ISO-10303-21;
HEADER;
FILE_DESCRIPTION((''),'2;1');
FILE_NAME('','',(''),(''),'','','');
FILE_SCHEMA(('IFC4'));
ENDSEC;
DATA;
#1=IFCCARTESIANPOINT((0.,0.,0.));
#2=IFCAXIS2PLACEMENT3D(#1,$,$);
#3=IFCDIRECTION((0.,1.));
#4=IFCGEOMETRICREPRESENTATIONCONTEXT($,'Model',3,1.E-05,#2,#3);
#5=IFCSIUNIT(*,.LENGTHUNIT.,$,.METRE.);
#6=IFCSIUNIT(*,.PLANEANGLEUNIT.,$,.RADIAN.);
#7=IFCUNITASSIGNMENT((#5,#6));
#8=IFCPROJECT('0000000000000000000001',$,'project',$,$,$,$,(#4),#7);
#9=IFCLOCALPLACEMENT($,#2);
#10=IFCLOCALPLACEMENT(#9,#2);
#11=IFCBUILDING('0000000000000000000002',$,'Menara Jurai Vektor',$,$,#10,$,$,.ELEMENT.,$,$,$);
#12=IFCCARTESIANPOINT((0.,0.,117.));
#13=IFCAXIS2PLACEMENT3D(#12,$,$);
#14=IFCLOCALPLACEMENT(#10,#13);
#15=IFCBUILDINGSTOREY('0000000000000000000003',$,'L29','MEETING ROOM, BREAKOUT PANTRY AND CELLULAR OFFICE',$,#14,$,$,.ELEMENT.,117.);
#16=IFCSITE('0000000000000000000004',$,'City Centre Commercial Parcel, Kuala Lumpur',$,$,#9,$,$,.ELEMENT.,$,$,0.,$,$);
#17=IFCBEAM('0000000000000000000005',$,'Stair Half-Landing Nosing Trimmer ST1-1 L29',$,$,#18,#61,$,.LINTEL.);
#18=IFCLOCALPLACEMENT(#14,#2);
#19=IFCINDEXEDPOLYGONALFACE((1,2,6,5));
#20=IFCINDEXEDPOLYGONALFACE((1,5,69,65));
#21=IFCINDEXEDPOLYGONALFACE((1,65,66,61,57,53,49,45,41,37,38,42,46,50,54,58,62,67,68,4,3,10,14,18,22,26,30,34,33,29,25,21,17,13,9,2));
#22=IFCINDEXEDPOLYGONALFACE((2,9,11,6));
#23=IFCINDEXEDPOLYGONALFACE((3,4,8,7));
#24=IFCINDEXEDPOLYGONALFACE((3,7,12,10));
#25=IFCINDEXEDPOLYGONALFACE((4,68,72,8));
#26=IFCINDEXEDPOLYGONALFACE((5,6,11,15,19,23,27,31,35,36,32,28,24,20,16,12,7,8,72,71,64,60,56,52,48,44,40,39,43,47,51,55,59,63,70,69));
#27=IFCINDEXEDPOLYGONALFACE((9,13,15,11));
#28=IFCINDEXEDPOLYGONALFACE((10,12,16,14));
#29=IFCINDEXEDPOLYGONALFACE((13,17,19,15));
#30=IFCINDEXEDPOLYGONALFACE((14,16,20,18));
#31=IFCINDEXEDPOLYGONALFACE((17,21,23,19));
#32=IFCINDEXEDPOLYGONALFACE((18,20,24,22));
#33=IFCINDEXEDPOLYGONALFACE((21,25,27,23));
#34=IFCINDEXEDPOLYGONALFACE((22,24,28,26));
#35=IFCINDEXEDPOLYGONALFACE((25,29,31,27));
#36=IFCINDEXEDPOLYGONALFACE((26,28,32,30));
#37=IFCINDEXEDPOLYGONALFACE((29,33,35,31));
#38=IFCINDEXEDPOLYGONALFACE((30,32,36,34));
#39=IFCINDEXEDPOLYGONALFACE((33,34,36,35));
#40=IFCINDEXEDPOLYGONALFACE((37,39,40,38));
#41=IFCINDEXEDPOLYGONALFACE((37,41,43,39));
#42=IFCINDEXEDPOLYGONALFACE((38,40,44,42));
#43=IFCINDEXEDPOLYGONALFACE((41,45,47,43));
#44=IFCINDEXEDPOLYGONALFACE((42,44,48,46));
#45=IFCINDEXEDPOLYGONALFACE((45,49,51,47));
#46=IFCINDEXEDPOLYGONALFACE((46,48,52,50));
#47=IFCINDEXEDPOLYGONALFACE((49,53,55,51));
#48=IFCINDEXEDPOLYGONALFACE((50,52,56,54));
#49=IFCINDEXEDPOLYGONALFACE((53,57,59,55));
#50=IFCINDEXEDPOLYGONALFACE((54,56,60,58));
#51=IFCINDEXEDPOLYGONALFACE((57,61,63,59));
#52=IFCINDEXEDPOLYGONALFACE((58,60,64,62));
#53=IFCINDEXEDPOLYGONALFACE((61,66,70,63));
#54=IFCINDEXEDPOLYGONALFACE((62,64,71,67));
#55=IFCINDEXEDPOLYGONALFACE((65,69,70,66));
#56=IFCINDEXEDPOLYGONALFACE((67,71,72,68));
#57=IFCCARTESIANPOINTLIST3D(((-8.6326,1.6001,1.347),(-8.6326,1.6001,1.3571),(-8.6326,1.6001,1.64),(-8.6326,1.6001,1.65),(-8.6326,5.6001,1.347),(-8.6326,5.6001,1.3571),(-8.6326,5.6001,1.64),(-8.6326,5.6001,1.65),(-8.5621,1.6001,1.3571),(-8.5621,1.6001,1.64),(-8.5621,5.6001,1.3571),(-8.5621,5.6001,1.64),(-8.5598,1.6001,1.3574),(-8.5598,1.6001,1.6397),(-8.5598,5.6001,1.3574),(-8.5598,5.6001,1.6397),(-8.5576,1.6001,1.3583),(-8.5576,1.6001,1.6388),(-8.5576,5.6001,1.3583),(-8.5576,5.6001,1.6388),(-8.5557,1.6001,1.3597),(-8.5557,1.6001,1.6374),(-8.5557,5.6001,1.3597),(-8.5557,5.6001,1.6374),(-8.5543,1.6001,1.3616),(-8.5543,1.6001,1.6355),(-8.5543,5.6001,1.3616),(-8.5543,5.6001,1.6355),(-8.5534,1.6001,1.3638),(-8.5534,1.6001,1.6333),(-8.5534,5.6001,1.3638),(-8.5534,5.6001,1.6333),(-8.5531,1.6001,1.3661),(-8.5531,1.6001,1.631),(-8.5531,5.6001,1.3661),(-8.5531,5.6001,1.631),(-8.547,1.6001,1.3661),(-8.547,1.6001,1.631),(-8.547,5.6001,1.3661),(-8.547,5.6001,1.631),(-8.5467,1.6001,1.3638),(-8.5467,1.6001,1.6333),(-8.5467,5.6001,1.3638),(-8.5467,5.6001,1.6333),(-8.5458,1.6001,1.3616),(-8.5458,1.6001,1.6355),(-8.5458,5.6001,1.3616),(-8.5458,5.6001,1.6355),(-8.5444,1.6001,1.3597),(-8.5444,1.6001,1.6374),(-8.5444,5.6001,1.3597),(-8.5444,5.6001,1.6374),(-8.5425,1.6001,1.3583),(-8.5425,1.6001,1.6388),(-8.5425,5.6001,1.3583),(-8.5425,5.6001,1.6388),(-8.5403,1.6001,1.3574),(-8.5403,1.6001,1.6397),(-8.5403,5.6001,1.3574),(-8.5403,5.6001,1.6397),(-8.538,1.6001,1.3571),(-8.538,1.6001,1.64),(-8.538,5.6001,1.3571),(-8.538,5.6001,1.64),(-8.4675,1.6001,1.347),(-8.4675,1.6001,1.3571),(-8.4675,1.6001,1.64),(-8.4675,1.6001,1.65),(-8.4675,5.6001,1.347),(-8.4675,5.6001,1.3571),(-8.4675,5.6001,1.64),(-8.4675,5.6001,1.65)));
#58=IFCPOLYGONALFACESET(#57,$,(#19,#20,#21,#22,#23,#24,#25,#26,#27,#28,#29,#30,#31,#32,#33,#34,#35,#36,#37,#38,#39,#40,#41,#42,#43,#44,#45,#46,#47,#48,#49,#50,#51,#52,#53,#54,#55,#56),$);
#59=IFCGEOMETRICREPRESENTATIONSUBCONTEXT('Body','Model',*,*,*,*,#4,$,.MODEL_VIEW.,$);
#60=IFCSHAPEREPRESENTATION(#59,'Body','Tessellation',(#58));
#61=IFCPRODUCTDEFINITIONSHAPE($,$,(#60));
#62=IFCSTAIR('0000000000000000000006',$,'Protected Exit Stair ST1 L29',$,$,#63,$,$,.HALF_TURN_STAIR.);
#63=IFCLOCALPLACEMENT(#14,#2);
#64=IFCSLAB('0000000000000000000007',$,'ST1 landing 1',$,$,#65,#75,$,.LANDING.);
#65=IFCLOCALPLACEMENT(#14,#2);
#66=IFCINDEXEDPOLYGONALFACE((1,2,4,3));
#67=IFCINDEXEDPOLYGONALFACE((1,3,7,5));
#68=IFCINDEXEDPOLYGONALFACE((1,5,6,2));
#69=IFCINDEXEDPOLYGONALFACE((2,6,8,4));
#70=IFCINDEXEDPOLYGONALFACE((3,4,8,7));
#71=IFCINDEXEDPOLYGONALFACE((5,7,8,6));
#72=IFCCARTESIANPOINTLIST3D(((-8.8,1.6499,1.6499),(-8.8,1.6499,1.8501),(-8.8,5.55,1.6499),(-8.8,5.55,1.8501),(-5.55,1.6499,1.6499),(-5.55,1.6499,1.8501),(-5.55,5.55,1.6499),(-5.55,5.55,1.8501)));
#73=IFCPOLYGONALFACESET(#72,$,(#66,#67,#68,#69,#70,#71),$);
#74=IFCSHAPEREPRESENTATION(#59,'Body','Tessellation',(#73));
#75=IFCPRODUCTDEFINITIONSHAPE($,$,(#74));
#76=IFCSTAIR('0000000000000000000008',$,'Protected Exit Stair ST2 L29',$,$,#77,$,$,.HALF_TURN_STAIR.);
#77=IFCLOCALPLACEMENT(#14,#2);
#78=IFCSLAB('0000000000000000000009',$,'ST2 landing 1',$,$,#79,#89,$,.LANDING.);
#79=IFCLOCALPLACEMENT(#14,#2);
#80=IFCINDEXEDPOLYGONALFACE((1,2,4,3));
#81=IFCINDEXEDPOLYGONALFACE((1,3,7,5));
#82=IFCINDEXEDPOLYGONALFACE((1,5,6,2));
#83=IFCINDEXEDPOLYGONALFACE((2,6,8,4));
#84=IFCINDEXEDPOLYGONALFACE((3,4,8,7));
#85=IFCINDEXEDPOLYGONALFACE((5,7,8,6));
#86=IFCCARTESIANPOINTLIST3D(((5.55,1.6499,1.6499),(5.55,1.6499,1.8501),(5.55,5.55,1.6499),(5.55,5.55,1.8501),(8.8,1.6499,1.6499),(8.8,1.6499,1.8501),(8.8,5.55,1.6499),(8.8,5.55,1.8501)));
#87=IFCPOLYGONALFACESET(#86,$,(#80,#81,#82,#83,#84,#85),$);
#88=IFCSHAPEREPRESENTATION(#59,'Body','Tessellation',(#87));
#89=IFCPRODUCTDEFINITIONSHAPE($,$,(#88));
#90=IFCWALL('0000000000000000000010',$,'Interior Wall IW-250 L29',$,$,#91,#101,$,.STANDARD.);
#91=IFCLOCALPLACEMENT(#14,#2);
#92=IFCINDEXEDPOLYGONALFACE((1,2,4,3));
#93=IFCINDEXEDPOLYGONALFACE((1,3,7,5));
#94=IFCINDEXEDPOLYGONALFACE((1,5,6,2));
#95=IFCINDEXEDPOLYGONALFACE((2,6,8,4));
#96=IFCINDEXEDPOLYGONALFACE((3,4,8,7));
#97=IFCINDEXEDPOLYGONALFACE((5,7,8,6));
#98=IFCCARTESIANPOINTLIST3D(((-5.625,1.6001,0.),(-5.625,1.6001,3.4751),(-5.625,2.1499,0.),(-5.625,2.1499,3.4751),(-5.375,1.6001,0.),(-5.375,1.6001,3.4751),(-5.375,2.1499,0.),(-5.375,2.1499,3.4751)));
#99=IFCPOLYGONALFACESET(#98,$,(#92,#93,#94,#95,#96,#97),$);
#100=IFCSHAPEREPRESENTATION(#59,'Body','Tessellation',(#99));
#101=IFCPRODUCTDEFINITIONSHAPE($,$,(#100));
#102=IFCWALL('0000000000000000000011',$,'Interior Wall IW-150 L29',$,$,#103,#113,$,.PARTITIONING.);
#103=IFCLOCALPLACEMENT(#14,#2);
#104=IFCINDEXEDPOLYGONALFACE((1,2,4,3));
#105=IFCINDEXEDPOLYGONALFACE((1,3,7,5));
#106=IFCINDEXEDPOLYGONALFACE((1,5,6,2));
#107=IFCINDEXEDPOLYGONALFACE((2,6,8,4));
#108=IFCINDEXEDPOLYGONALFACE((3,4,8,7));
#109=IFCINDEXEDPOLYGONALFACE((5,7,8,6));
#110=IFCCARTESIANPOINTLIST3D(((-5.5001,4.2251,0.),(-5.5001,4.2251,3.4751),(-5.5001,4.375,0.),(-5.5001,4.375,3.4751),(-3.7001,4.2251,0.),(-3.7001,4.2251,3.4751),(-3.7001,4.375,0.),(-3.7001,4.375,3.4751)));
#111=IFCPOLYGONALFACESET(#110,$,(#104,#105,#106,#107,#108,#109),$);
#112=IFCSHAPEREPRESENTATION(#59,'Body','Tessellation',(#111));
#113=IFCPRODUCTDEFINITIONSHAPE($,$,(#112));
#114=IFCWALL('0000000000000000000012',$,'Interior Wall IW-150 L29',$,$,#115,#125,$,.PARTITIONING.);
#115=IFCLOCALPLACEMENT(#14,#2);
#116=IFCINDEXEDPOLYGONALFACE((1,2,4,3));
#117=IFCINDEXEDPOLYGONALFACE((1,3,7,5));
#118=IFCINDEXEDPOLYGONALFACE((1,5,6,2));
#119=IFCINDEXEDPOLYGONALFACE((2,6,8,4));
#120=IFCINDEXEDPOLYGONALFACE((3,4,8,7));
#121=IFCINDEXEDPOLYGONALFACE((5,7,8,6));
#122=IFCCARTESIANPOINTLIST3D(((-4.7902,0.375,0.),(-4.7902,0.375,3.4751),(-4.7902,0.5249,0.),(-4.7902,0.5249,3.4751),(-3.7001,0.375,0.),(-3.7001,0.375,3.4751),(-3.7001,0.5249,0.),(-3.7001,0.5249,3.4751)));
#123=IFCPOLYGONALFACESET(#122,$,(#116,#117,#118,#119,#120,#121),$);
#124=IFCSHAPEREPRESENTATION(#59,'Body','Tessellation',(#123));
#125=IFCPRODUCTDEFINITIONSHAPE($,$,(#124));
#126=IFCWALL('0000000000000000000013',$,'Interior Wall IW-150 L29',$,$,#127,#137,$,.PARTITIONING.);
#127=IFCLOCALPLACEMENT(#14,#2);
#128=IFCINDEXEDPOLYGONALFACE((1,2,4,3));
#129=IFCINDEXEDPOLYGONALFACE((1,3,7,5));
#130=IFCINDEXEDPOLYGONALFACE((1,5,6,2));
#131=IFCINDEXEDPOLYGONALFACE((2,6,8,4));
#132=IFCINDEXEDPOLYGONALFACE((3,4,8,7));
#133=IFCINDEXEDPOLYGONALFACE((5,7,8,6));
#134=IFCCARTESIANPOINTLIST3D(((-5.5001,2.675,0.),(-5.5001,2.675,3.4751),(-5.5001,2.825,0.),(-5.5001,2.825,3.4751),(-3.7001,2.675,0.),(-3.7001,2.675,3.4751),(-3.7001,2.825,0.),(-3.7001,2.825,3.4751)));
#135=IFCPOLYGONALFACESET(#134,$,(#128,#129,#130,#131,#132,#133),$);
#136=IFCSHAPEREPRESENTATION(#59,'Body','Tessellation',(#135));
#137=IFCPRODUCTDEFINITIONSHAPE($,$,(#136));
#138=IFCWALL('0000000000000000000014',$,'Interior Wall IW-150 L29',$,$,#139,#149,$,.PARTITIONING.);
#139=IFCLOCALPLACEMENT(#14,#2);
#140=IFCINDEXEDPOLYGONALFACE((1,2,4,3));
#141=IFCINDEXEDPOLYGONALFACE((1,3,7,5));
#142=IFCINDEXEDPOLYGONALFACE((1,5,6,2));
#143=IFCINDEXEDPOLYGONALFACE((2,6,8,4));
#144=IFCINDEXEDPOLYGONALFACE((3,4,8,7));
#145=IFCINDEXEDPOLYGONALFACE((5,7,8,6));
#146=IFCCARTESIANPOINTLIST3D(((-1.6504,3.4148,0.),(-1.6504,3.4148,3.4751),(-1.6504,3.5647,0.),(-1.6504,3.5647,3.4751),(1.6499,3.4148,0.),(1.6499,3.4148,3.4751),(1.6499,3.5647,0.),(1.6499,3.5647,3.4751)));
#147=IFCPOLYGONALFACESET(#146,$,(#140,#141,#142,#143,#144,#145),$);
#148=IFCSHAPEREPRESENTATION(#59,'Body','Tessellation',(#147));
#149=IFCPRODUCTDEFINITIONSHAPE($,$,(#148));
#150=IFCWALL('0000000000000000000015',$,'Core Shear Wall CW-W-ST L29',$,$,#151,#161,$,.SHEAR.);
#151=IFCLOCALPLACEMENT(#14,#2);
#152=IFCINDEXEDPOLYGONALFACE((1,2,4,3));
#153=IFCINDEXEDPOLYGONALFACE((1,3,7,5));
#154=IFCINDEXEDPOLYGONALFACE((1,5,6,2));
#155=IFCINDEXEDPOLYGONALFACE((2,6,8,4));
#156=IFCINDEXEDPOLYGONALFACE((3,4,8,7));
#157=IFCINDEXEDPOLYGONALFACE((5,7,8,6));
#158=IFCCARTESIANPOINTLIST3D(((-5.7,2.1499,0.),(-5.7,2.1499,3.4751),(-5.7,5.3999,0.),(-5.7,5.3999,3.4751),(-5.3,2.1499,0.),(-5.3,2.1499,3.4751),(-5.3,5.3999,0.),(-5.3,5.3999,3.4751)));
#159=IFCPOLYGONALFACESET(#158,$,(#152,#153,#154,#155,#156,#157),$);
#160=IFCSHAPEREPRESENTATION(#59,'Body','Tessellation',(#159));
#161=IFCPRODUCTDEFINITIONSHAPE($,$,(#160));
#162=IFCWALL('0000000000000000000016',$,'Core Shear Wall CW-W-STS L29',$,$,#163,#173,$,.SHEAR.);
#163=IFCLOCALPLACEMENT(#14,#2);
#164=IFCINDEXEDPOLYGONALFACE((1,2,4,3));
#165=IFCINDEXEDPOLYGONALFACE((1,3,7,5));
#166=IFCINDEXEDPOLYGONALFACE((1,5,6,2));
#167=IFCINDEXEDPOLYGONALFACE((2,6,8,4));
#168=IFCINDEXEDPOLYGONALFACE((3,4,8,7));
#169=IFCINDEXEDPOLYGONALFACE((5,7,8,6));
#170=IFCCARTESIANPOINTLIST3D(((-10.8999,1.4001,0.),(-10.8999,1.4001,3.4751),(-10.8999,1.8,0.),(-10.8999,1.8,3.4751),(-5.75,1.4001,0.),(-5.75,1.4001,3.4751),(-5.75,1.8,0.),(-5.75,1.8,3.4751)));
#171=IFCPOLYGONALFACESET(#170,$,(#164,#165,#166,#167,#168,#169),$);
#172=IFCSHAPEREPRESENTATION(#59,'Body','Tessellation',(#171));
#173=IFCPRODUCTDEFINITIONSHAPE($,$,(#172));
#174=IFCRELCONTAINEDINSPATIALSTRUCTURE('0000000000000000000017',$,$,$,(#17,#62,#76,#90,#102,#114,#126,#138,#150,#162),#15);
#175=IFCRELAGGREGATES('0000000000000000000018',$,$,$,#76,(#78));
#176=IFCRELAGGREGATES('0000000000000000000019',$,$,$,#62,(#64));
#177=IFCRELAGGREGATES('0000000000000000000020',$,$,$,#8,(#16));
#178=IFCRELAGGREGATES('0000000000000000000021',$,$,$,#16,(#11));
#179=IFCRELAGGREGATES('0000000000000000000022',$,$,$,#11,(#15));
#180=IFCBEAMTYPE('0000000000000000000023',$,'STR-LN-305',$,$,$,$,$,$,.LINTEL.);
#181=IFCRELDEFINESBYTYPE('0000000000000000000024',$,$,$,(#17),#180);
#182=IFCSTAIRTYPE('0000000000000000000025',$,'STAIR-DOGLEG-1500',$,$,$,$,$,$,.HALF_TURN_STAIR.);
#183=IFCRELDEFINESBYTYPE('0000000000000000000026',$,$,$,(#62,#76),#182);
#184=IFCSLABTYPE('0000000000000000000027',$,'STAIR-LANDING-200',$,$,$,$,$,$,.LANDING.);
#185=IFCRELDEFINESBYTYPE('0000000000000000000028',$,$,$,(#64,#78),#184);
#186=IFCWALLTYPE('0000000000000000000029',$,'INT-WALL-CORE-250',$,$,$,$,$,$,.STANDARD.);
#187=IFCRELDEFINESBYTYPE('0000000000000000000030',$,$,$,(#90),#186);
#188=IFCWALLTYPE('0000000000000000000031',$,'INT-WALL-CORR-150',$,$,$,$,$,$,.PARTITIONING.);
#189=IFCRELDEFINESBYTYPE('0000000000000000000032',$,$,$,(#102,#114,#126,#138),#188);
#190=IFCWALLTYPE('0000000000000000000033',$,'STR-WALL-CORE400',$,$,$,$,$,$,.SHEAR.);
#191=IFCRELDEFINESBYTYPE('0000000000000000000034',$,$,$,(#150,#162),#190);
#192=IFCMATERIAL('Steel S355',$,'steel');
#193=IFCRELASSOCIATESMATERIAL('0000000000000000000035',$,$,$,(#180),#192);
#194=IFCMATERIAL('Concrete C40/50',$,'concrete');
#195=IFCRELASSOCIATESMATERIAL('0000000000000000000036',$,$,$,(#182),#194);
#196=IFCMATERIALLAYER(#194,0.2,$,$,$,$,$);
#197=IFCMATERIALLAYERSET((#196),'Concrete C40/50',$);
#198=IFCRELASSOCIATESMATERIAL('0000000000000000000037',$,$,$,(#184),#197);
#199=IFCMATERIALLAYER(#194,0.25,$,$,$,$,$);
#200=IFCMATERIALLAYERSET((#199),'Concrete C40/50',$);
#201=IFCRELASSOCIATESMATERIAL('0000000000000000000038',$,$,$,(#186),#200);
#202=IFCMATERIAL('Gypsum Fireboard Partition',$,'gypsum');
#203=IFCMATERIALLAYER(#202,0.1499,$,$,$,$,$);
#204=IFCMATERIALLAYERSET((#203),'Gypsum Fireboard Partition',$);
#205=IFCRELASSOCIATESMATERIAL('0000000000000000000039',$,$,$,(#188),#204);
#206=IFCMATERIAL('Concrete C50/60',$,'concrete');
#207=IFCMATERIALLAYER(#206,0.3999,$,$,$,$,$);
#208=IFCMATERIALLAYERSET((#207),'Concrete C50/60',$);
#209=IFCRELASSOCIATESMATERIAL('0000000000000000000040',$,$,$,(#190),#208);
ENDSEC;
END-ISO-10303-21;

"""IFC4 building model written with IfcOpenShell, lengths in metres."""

from ifc_helpers import new_model, si_unit, direction, frame, frame_2d, origin, origin_2d, place, context, subcontext, project, spatial, polyline, rectangle, i_section, outline, extrude, material, layer, layer_set, material_profile, profile_set, type_object, element, aggregate, save


model = new_model("IFC4")

# Units and contexts
model_context = context("Model", 3, precision=1e-05, world=origin(), true_north=direction((0.0, 1.0)))
body_context = subcontext(model_context, "Body", "Model", "MODEL_VIEW")
ifc_project = project(units=[si_unit("LENGTHUNIT", "METRE"), si_unit("PLANEANGLEUNIT", "RADIAN")], contexts=[model_context])

# Site, building, storey
site_placement = place(None, origin())
site = spatial("IfcSite", under=ifc_project, at=site_placement, Name="City Centre Commercial Parcel, Kuala Lumpur", CompositionType="ELEMENT", RefElevation=0.0)
building_placement = place(site_placement, origin())
building = spatial("IfcBuilding", under=site, at=building_placement, Name="Menara Jurai Vektor", CompositionType="ELEMENT")
storey_placement = place(building_placement, frame((0.0, 0.0, 117.0)))
storey = spatial("IfcBuildingStorey", under=building, at=storey_placement, Name="L29", Description="MEETING ROOM, BREAKOUT PANTRY AND CELLULAR OFFICE", CompositionType="ELEMENT", Elevation=117.0)

# Shared definitions
ifc_material_1 = material(Name="Concrete C50/60", Category="concrete")
ifc_material_2 = material(Name="Steel S355", Category="steel")

# Beam
ifc_material_profile_1 = material_profile(ifc_material_2, i_section(OverallWidth=0.165, OverallDepth=0.303, WebThickness=0.0061, FlangeThickness=0.01, FilletRadius=0.009, at=origin_2d()), Name="UKB 305x165x40")
ifc_profile_set_1 = profile_set([ifc_material_profile_1], Name="Steel S355")
beam_type_1 = type_object("IfcBeamType", Name="STR-LN-305", PredefinedType="LINTEL", material=ifc_profile_set_1)
beam_1_placement = place(storey_placement, frame((-8.55, 1.6001, 1.4985), z_axis=(0.0, 1.0, 0.0), x_axis=(-1.0, 0.0, 0.0)))
element("IfcBeam", 1, at=beam_1_placement, inside=storey, type_object=beam_type_1, Name="Stair Half-Landing Nosing Trimmer ST1-1 L29", PredefinedType="LINTEL", context=body_context, shape_type="SweptSolid", body=[
    extrude(i_section(OverallWidth=0.165, OverallDepth=0.303, WebThickness=0.0061, FlangeThickness=0.01, FilletRadius=0.009, at=origin_2d()), origin(), (0.0, 0.0, 1.0), 4.0),
])

# Stairs, slabs
ifc_material_3 = material(Name="Concrete C40/50", Category="concrete")
stair_type = type_object("IfcStairType", Name="STAIR-DOGLEG-1500", PredefinedType="HALF_TURN_STAIR", material=ifc_material_3)
stair_1_placement = place(storey_placement, origin())
stair_1 = element("IfcStair", 2, at=stair_1_placement, inside=storey, type_object=stair_type, Name="Protected Exit Stair ST1 L29", PredefinedType="HALF_TURN_STAIR")
ifc_layer_1 = layer(ifc_material_3, 0.2)
ifc_layer_set_1 = layer_set([ifc_layer_1], Name="Concrete C40/50")
slab_type = type_object("IfcSlabType", Name="STAIR-LANDING-200", PredefinedType="LANDING", material=ifc_layer_set_1)
slab_1_placement = place(storey_placement, frame((0.0, 0.0, 1.6499)))
slab_1 = element("IfcSlab", 3, at=slab_1_placement, type_object=slab_type, Name="ST1 landing 1", PredefinedType="LANDING", context=body_context, shape_type="SweptSolid", body=[
    extrude(outline(polyline([(-8.8, 1.6499), (-5.55, 1.6499), (-5.55, 5.55), (-8.8, 5.55), (-8.8, 1.6499)])), origin(), (0.0, 0.0, 1.0), 0.2002),
])
stair_2_placement = place(storey_placement, origin())
stair_2 = element("IfcStair", 4, at=stair_2_placement, inside=storey, type_object=stair_type, Name="Protected Exit Stair ST2 L29", PredefinedType="HALF_TURN_STAIR")
slab_2_placement = place(storey_placement, frame((0.0, 0.0, 1.6499)))
slab_2 = element("IfcSlab", 5, at=slab_2_placement, type_object=slab_type, Name="ST2 landing 1", PredefinedType="LANDING", context=body_context, shape_type="SweptSolid", body=[
    extrude(outline(polyline([(5.55, 1.6499), (8.8, 1.6499), (8.8, 5.55), (5.55, 5.55), (5.55, 1.6499)])), origin(), (0.0, 0.0, 1.0), 0.2002),
])
aggregate(stair_2, [slab_2])

# Shared definitions
ifc_layer_2 = layer(ifc_material_3, 0.25)
ifc_layer_set_2 = layer_set([ifc_layer_2], Name="Concrete C40/50")
wall_type_1 = type_object("IfcWallType", Name="INT-WALL-CORE-250", PredefinedType="STANDARD", material=ifc_layer_set_2)

# Walls
wall_1_placement = place(storey_placement, frame((-5.5, 1.6001, 0.0), z_axis=(0.0, 0.0, 1.0), x_axis=(0.0, 1.0, 0.0)))
element("IfcWall", 6, at=wall_1_placement, inside=storey, type_object=wall_type_1, Name="Interior Wall IW-250 L29", PredefinedType="STANDARD", context=body_context, shape_type="SweptSolid", body=[
    extrude(rectangle(XDim=0.5498, YDim=0.25, at=frame_2d((0.2749, 0.0))), origin(), (0.0, 0.0, 1.0), 3.4751),
])
ifc_material_4 = material(Name="Gypsum Fireboard Partition", Category="gypsum")
ifc_layer_3 = layer(ifc_material_4, 0.1499)
ifc_layer_set_3 = layer_set([ifc_layer_3], Name="Gypsum Fireboard Partition")
wall_type_2 = type_object("IfcWallType", Name="INT-WALL-CORR-150", PredefinedType="PARTITIONING", material=ifc_layer_set_3)
wall_2_placement = place(storey_placement, frame((-5.5, 4.3, 0.0), z_axis=(0.0, 0.0, 1.0), x_axis=(1.0, 0.0, 0.0)))
element("IfcWall", 7, at=wall_2_placement, inside=storey, type_object=wall_type_2, Name="Interior Wall IW-150 L29", PredefinedType="PARTITIONING", context=body_context, shape_type="SweptSolid", body=[
    extrude(rectangle(XDim=1.8, YDim=0.1499, at=frame_2d((0.8999, 0.0))), origin(), (0.0, 0.0, 1.0), 3.4751),
])
wall_3_placement = place(storey_placement, frame((-4.79, 0.45, 0.0), z_axis=(0.0, 0.0, 1.0), x_axis=(1.0, 0.0, 0.0)))
element("IfcWall", 8, at=wall_3_placement, inside=storey, type_object=wall_type_2, Name="Interior Wall IW-150 L29", PredefinedType="PARTITIONING", context=body_context, shape_type="SweptSolid", body=[
    extrude(rectangle(XDim=1.0901, YDim=0.1499, at=frame_2d((0.5449, 0.0))), origin(), (0.0, 0.0, 1.0), 3.4751),
])
wall_4_placement = place(storey_placement, frame((-5.5, 2.75, 0.0), z_axis=(0.0, 0.0, 1.0), x_axis=(1.0, 0.0, 0.0)))
element("IfcWall", 9, at=wall_4_placement, inside=storey, type_object=wall_type_2, Name="Interior Wall IW-150 L29", PredefinedType="PARTITIONING", context=body_context, shape_type="SweptSolid", body=[
    extrude(rectangle(XDim=1.8, YDim=0.1499, at=frame_2d((0.8999, 0.0))), origin(), (0.0, 0.0, 1.0), 3.4751),
])
wall_5_placement = place(storey_placement, frame((-1.6504, 3.4897, 0.0), z_axis=(0.0, 0.0, 1.0), x_axis=(1.0, 0.0, 0.0)))
element("IfcWall", 10, at=wall_5_placement, inside=storey, type_object=wall_type_2, Name="Interior Wall IW-150 L29", PredefinedType="PARTITIONING", context=body_context, shape_type="SweptSolid", body=[
    extrude(rectangle(XDim=3.3003, YDim=0.1499, at=frame_2d((1.6501, 0.0))), origin(), (0.0, 0.0, 1.0), 3.4751),
])
ifc_layer_4 = layer(ifc_material_1, 0.3999)
ifc_layer_set_4 = layer_set([ifc_layer_4], Name="Concrete C50/60")
wall_type_3 = type_object("IfcWallType", Name="STR-WALL-CORE400", PredefinedType="SHEAR", material=ifc_layer_set_4)
wall_6_placement = place(storey_placement, frame((-5.5, 2.1499, 0.0), z_axis=(0.0, 0.0, 1.0), x_axis=(0.0, 1.0, 0.0)))
element("IfcWall", 11, at=wall_6_placement, inside=storey, type_object=wall_type_3, Name="Core Shear Wall CW-W-ST L29", PredefinedType="SHEAR", context=body_context, shape_type="SweptSolid", body=[
    extrude(rectangle(XDim=3.25, YDim=0.3999, at=frame_2d((1.625, 0.0))), origin(), (0.0, 0.0, 1.0), 3.4751),
])
wall_7_placement = place(storey_placement, frame((-10.8999, 1.6001, 0.0), z_axis=(0.0, 0.0, 1.0), x_axis=(1.0, 0.0, 0.0)))
element("IfcWall", 12, at=wall_7_placement, inside=storey, type_object=wall_type_3, Name="Core Shear Wall CW-W-STS L29", PredefinedType="SHEAR", context=body_context, shape_type="SweptSolid", body=[
    extrude(rectangle(XDim=5.1499, YDim=0.3999, at=frame_2d((2.575, 0.0))), origin(), (0.0, 0.0, 1.0), 3.4751),
])

aggregate(stair_1, [slab_1])

save(model, "model.ifc")
